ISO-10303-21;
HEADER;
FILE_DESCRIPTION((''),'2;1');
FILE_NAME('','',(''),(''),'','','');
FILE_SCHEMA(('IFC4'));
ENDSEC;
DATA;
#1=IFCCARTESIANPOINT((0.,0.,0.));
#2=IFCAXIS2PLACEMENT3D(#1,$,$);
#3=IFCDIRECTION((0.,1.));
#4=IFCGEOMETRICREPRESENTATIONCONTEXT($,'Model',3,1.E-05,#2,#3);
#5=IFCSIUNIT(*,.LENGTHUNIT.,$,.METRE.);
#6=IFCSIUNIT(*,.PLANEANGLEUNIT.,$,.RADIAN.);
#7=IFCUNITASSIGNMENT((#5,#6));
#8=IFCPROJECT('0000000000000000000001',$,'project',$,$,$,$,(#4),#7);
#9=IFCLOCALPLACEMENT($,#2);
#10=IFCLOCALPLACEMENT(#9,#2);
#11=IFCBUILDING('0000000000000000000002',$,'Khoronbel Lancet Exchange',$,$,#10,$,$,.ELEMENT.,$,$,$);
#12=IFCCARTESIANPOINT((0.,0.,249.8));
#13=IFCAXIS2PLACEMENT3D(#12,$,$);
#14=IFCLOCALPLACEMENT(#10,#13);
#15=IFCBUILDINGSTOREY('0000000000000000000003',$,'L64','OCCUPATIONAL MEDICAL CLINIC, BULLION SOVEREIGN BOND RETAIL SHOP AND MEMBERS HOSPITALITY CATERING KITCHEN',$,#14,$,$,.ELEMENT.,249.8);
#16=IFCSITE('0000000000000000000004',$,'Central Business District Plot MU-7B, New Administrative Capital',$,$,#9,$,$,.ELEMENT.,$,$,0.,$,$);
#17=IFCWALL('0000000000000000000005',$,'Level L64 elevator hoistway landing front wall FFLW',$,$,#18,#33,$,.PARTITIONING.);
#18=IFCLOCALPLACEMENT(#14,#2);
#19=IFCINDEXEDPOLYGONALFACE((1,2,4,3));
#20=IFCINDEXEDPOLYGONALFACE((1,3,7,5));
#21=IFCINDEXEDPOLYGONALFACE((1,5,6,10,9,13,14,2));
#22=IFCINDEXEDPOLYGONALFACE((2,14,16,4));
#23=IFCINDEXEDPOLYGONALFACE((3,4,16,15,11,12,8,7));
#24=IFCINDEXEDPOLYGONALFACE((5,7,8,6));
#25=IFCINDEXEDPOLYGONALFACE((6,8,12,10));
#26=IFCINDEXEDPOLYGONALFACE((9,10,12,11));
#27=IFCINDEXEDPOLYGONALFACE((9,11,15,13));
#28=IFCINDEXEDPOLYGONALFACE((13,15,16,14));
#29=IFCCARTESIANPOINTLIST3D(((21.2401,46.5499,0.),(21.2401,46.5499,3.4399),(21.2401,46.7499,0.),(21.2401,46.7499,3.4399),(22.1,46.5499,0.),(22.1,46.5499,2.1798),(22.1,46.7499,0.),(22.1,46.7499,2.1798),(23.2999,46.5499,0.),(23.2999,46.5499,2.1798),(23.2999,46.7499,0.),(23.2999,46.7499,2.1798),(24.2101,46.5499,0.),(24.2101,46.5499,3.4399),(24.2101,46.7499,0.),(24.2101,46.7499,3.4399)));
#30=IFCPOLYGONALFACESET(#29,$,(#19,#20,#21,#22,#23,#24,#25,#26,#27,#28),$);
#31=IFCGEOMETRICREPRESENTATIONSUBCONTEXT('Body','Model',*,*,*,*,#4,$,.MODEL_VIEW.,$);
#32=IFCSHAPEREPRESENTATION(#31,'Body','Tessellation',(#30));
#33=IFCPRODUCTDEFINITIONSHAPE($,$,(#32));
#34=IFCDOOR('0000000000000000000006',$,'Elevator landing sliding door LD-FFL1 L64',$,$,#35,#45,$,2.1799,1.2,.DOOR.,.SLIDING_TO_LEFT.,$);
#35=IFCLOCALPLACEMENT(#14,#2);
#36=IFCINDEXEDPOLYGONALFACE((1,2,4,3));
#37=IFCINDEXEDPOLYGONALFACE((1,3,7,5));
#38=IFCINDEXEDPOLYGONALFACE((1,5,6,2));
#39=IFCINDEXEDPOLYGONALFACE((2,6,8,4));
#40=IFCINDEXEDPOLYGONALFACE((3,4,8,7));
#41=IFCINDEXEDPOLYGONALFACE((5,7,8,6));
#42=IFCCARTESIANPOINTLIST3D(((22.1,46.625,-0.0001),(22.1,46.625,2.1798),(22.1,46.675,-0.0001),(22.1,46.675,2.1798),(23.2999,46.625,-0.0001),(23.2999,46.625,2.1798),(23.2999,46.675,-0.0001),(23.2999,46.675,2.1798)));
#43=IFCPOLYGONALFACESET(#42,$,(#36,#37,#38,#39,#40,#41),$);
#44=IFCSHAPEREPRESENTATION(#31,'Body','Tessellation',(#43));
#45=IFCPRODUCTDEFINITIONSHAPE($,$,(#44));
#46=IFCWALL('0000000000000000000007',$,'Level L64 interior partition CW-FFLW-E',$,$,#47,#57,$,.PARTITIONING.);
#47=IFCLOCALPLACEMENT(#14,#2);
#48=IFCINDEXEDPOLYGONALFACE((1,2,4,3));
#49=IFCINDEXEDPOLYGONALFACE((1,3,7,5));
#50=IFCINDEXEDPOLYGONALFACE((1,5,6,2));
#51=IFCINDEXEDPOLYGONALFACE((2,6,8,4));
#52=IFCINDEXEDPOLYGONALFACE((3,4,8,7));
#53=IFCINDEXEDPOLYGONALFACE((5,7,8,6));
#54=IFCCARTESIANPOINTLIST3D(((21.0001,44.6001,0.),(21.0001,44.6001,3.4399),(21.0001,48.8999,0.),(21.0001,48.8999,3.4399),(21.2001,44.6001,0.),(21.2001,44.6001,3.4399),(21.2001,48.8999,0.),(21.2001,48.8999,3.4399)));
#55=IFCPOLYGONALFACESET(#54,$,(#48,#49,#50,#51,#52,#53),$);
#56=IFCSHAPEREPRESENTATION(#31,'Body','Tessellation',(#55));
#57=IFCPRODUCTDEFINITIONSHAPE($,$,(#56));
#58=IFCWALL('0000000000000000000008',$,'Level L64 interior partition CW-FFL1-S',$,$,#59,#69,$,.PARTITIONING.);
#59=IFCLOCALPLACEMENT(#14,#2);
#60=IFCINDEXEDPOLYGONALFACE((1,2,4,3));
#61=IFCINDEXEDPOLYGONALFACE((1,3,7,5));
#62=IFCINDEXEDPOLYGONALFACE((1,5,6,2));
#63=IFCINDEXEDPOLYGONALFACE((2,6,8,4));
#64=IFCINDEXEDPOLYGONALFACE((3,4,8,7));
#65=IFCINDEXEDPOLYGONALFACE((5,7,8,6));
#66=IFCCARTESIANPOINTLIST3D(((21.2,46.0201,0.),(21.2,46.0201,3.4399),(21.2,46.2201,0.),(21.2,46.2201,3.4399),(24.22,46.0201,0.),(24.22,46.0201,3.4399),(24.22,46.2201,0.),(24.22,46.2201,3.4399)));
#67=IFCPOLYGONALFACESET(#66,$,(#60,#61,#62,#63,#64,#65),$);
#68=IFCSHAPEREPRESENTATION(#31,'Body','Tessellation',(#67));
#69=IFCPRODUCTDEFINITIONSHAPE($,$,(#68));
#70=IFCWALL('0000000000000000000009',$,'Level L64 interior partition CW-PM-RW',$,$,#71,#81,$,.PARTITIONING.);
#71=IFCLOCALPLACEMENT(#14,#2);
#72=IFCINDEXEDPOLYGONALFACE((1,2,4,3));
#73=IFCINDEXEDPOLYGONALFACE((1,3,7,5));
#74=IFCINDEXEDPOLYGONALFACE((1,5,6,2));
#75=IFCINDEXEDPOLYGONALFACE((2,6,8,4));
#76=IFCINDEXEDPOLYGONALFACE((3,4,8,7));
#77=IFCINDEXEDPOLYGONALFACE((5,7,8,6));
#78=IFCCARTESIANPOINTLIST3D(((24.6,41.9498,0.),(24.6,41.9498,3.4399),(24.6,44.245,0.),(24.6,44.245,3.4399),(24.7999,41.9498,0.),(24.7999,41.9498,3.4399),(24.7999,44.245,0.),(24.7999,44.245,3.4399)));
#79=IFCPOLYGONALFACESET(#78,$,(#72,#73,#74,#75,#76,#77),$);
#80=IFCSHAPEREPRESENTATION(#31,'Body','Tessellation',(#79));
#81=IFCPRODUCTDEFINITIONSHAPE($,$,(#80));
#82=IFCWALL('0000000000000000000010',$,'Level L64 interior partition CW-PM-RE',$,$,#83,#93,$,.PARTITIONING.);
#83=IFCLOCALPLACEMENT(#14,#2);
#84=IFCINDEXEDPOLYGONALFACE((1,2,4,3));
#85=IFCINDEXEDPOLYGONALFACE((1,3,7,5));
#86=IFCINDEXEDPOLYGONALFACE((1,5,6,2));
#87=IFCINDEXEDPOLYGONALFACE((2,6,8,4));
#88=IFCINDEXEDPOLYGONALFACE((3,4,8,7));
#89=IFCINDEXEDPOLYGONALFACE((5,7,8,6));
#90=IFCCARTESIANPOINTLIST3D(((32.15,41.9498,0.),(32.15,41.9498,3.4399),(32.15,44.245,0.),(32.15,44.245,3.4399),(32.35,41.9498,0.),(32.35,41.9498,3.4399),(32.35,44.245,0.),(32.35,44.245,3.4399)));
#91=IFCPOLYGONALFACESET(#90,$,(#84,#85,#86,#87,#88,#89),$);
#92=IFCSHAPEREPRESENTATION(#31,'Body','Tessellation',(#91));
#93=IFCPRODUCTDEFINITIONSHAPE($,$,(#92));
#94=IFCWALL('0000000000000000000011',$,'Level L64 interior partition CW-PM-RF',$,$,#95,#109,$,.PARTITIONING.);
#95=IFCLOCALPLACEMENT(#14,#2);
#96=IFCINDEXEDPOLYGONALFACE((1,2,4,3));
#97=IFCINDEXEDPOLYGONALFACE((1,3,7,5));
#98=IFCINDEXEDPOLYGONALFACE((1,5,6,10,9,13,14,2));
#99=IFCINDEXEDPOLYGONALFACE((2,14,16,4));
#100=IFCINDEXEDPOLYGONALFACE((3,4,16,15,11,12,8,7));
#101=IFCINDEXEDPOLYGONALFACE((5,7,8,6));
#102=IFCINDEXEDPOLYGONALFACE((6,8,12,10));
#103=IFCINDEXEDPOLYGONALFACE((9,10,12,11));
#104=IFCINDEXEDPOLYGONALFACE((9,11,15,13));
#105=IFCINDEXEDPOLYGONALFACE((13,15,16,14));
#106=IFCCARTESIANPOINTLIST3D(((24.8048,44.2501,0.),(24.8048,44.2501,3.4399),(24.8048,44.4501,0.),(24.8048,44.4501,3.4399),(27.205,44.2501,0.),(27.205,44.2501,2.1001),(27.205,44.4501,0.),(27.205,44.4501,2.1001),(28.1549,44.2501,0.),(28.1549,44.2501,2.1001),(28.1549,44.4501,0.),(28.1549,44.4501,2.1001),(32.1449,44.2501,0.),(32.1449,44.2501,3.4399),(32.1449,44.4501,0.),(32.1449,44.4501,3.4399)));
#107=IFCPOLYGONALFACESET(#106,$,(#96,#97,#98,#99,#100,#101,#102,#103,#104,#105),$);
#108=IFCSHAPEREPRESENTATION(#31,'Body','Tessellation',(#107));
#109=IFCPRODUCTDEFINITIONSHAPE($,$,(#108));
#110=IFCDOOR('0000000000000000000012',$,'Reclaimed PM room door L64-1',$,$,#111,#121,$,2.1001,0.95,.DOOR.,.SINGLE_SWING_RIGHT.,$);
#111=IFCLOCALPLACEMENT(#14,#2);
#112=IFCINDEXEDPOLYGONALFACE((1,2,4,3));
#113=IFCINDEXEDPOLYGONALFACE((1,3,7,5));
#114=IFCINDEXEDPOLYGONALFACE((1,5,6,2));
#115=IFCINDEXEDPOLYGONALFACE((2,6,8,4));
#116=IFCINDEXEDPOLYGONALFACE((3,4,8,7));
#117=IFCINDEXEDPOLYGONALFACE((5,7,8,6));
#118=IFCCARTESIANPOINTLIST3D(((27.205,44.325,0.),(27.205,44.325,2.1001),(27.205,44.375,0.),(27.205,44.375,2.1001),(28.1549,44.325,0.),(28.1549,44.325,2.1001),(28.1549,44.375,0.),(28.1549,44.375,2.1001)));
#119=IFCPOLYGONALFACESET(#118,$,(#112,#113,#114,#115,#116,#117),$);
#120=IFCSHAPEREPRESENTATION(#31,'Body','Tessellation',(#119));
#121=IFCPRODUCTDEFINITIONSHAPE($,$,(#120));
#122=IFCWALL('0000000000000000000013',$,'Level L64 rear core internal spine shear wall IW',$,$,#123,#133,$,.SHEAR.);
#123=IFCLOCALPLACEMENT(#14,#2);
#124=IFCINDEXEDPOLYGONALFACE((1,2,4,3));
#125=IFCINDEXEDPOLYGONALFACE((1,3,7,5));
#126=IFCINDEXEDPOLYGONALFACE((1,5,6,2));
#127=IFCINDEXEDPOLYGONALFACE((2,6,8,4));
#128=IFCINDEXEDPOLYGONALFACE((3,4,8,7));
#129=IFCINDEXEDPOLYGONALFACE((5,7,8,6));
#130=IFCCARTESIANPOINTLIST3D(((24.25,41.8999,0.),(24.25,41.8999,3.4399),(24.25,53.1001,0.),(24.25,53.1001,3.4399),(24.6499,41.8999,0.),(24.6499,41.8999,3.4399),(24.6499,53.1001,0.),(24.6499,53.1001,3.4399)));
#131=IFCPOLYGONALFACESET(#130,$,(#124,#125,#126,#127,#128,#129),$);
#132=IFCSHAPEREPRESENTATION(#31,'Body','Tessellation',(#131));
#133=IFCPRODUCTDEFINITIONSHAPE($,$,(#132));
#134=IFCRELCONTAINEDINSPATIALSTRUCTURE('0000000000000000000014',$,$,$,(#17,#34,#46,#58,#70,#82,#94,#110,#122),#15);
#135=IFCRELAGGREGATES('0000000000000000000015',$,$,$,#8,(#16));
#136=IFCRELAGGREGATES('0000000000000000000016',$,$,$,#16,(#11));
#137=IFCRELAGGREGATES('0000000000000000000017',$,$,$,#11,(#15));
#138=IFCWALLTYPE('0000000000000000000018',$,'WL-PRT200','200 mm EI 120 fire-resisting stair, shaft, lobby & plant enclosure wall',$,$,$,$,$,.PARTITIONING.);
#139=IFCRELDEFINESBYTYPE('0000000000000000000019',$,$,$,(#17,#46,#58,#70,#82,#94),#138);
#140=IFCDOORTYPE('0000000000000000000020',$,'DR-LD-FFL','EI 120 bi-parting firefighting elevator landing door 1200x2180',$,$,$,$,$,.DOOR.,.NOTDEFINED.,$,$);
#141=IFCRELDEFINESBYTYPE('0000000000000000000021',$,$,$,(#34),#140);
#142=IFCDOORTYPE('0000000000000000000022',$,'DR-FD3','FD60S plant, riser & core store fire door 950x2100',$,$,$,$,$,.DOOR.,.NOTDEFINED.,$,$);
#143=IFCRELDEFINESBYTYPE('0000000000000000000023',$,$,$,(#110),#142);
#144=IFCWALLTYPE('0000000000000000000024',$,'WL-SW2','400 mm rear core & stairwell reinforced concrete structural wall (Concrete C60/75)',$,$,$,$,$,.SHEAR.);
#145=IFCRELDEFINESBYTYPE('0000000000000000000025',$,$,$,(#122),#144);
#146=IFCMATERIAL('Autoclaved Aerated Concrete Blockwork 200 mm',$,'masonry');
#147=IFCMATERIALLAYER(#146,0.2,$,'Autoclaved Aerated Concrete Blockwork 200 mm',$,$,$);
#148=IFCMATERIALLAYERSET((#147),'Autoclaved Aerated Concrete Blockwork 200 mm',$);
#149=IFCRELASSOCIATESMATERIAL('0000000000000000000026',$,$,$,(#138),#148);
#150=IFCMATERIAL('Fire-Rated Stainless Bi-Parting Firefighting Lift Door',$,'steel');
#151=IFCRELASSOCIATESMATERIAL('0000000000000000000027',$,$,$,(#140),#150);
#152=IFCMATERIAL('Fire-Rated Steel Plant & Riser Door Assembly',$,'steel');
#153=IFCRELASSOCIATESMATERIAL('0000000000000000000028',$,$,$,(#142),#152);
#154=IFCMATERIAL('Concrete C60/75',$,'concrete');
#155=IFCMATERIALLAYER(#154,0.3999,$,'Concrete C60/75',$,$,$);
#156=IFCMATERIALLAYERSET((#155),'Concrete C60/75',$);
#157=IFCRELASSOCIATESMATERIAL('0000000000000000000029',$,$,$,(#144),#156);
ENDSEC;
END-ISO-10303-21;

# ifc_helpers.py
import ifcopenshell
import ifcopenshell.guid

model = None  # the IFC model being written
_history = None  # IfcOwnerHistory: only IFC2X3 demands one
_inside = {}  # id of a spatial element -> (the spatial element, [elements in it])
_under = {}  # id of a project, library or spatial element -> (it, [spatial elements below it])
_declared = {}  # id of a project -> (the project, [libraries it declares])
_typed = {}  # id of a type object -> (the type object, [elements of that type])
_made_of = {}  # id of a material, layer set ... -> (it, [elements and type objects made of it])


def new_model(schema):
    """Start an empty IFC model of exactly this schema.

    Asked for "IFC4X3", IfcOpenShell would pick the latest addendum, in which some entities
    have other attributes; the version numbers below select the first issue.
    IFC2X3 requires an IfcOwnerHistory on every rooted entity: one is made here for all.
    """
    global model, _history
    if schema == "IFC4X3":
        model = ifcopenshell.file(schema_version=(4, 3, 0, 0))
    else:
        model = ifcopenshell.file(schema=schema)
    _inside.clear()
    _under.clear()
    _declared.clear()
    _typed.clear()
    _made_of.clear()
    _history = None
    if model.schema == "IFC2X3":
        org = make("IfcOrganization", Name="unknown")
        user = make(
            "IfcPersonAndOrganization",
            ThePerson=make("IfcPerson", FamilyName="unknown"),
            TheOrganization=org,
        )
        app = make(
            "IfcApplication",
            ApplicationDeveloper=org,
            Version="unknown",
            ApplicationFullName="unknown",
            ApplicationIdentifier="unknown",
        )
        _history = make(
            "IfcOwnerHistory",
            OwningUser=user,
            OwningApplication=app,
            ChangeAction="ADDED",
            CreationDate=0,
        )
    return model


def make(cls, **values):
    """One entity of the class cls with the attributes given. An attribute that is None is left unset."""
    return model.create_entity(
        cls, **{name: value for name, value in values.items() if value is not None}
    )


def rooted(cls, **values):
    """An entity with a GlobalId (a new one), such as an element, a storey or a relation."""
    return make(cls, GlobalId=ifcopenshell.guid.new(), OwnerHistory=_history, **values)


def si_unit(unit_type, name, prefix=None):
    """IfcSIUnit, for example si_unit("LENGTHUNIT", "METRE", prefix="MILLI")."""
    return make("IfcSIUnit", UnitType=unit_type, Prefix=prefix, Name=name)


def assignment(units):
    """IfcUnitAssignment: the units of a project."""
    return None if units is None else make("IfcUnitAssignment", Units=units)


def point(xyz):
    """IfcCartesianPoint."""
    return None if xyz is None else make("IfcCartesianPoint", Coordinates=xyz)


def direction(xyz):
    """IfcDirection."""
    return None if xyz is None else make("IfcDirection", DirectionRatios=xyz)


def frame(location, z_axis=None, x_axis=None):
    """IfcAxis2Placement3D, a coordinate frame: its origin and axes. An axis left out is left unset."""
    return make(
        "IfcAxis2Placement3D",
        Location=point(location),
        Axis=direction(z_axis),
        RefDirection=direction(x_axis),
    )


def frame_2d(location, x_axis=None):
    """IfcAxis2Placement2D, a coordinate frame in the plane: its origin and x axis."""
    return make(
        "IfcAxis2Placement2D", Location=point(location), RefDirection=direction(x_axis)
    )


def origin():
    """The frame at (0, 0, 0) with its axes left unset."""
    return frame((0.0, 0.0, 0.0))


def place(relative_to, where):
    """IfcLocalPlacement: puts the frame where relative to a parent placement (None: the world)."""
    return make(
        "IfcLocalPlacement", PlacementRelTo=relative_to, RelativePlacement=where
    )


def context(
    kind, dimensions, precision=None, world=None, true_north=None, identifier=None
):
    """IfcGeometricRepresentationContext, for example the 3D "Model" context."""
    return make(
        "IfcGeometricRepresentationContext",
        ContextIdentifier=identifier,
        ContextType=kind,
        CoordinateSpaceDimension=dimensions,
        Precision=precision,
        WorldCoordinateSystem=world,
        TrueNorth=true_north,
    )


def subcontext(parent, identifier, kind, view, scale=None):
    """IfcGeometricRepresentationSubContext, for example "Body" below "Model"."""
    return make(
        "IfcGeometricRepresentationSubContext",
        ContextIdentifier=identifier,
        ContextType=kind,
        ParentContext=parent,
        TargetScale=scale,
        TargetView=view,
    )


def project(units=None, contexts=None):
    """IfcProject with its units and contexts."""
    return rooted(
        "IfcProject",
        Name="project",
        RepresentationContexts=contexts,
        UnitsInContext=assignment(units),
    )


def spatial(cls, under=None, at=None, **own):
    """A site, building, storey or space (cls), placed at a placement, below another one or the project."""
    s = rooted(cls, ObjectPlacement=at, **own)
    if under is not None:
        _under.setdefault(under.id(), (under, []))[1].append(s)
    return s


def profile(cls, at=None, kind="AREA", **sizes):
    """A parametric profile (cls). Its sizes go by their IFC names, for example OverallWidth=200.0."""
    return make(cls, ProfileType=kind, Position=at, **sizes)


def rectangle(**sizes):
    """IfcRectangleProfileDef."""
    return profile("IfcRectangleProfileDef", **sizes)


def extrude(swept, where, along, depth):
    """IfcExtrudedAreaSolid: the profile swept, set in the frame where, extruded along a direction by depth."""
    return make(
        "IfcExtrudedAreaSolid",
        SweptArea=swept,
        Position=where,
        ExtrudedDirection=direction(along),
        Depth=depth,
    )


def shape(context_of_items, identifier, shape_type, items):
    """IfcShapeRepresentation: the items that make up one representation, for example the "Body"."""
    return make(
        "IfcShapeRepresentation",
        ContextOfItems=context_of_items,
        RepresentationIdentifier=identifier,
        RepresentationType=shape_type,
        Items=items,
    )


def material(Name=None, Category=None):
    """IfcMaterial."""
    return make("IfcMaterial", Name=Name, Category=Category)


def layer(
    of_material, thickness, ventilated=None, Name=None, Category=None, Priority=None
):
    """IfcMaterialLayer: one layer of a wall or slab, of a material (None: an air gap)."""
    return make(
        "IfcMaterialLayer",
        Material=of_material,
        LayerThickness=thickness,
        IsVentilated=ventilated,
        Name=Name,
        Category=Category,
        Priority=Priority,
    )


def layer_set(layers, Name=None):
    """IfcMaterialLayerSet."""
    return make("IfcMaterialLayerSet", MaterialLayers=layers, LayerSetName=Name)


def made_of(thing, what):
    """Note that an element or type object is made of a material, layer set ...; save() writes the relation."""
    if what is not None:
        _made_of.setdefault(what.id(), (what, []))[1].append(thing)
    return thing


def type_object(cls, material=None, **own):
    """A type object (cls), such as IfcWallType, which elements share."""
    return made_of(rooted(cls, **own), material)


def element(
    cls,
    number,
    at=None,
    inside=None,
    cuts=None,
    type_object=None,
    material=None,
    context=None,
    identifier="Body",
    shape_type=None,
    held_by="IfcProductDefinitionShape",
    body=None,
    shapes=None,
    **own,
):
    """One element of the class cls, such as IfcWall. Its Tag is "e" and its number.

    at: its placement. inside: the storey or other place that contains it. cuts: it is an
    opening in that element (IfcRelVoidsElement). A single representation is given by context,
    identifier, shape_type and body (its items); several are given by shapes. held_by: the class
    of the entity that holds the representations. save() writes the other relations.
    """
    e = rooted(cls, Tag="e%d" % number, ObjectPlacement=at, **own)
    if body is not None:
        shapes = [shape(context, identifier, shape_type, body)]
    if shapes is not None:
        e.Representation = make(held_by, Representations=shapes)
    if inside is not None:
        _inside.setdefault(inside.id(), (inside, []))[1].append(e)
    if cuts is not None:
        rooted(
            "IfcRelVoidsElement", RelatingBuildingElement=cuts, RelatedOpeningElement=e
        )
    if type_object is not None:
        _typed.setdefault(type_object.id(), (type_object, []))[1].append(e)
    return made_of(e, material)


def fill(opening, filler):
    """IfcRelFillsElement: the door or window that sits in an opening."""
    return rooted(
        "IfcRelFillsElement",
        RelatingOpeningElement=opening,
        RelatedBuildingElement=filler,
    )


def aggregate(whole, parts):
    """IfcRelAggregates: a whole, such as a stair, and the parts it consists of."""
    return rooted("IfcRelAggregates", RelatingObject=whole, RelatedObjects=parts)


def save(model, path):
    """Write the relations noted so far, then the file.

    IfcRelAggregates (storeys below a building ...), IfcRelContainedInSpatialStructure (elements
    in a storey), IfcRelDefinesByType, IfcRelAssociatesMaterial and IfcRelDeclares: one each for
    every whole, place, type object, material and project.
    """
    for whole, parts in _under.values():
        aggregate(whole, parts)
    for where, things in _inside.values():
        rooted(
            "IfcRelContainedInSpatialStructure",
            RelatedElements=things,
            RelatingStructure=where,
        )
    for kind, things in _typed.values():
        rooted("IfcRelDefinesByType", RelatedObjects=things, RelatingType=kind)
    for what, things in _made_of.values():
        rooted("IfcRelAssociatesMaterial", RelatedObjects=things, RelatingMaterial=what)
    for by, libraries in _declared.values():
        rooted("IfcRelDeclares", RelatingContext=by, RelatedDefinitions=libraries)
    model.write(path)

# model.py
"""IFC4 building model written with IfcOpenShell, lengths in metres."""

from ifc_helpers import new_model, si_unit, direction, frame, frame_2d, origin, place, context, subcontext, project, spatial, rectangle, extrude, material, layer, layer_set, type_object, element, fill, save


model = new_model("IFC4")

# Units and contexts
model_context = context("Model", 3, precision=1e-05, world=origin(), true_north=direction((0.0, 1.0)))
body_context = subcontext(model_context, "Body", "Model", "MODEL_VIEW")
ifc_project = project(units=[si_unit("LENGTHUNIT", "METRE"), si_unit("PLANEANGLEUNIT", "RADIAN")], contexts=[model_context])

# Site, building, storey
site_placement = place(None, origin())
site = spatial("IfcSite", under=ifc_project, at=site_placement, Name="Central Business District Plot MU-7B, New Administrative Capital", CompositionType="ELEMENT", RefElevation=0.0)
building_placement = place(site_placement, origin())
building = spatial("IfcBuilding", under=site, at=building_placement, Name="Khoronbel Lancet Exchange", CompositionType="ELEMENT")
storey_placement = place(building_placement, frame((0.0, 0.0, 249.8)))
storey = spatial("IfcBuildingStorey", under=building, at=storey_placement, Name="L64", Description="OCCUPATIONAL MEDICAL CLINIC, BULLION SOVEREIGN BOND RETAIL SHOP AND MEMBERS HOSPITALITY CATERING KITCHEN", CompositionType="ELEMENT", Elevation=249.8)

# Shared definitions
ifc_material_1 = material(Name="Concrete C60/75", Category="concrete")

# Wall, opening, door
ifc_material_2 = material(Name="Autoclaved Aerated Concrete Blockwork 200 mm", Category="masonry")
ifc_layer_1 = layer(ifc_material_2, 0.2, Name="Autoclaved Aerated Concrete Blockwork 200 mm")
ifc_layer_set_1 = layer_set([ifc_layer_1], Name="Autoclaved Aerated Concrete Blockwork 200 mm")
wall_type_1 = type_object("IfcWallType", Name="WL-PRT200", Description="200 mm EI 120 fire-resisting stair, shaft, lobby & plant enclosure wall", PredefinedType="PARTITIONING", material=ifc_layer_set_1)
wall_1_placement = place(storey_placement, frame((24.21, 46.6499, 0.0), z_axis=(0.0, 0.0, 1.0), x_axis=(-1.0, 0.0, 0.0)))
wall_1 = element("IfcWall", 1, at=wall_1_placement, inside=storey, type_object=wall_type_1, Name="Level L64 elevator hoistway landing front wall FFLW", PredefinedType="PARTITIONING", context=body_context, shape_type="SweptSolid", body=[
    extrude(rectangle(XDim=2.97, YDim=0.2, at=frame_2d((1.4849, 0.0))), origin(), (0.0, 0.0, 1.0), 3.4399),
])
opening_1_placement = place(wall_1_placement, frame((0.9099, 0.0, 0.0)))
opening_1 = element("IfcOpeningElement", 2, at=opening_1_placement, cuts=wall_1, PredefinedType="OPENING", context=body_context, shape_type="SweptSolid", body=[
    extrude(rectangle(XDim=1.2, YDim=2.1799, at=frame_2d((0.6001, 1.0898))), frame((0.0, 0.1099, 0.0), z_axis=(0.0, -1.0, 0.0), x_axis=(1.0, 0.0, 0.0)), (0.0, 0.0, 1.0), 0.22),
])
ifc_material_3 = material(Name="Fire-Rated Stainless Bi-Parting Firefighting Lift Door", Category="steel")
door_type_1 = type_object("IfcDoorType", Name="DR-LD-FFL", Description="EI 120 bi-parting firefighting elevator landing door 1200x2180", OperationType="NOTDEFINED", PredefinedType="DOOR", material=ifc_material_3)
door_1_placement = place(opening_1_placement, origin())
door_1 = element("IfcDoor", 3, at=door_1_placement, inside=storey, type_object=door_type_1, Name="Elevator landing sliding door LD-FFL1 L64", OperationType="SLIDING_TO_LEFT", OverallHeight=2.1799, OverallWidth=1.2, PredefinedType="DOOR", context=body_context, shape_type="SweptSolid", body=[
    extrude(rectangle(XDim=1.2, YDim=2.1799, at=frame_2d((0.6001, 1.0898))), frame((0.0, 0.0249, 0.0), z_axis=(0.0, -1.0, 0.0), x_axis=(1.0, 0.0, 0.0)), (0.0, 0.0, 1.0), 0.05),
])
fill(opening_1, door_1)

# Walls
wall_2_placement = place(storey_placement, frame((21.1001, 44.6001, 0.0), z_axis=(0.0, 0.0, 1.0), x_axis=(0.0, 1.0, 0.0)))
element("IfcWall", 4, at=wall_2_placement, inside=storey, type_object=wall_type_1, Name="Level L64 interior partition CW-FFLW-E", PredefinedType="PARTITIONING", context=body_context, shape_type="SweptSolid", body=[
    extrude(rectangle(XDim=4.2998, YDim=0.2, at=frame_2d((2.1499, 0.0))), origin(), (0.0, 0.0, 1.0), 3.4399),
])
wall_3_placement = place(storey_placement, frame((21.2, 46.1201, 0.0), z_axis=(0.0, 0.0, 1.0), x_axis=(1.0, 0.0, 0.0)))
element("IfcWall", 5, at=wall_3_placement, inside=storey, type_object=wall_type_1, Name="Level L64 interior partition CW-FFL1-S", PredefinedType="PARTITIONING", context=body_context, shape_type="SweptSolid", body=[
    extrude(rectangle(XDim=3.02, YDim=0.2, at=frame_2d((1.51, 0.0))), origin(), (0.0, 0.0, 1.0), 3.4399),
])

# Walls
for number, where, z_axis, x_axis, name in (
    (6, (24.7, 41.95, 0.0), (0.0, 0.0, 1.0), (0.0, 1.0, 0.0), "Level L64 interior partition CW-PM-RW"),
    (7, (32.25, 41.95, 0.0), (0.0, 0.0, 1.0), (0.0, 1.0, 0.0), "Level L64 interior partition CW-PM-RE"),
):
    element("IfcWall", number, at=place(storey_placement, frame(where, z_axis=z_axis, x_axis=x_axis)), inside=storey, type_object=wall_type_1, Name=name, PredefinedType="PARTITIONING", context=body_context, shape_type="SweptSolid", body=[
        extrude(rectangle(XDim=2.2952, YDim=0.2, at=frame_2d((1.1475, 0.0))), origin(), (0.0, 0.0, 1.0), 3.4399),
    ])

# Wall, opening, door
wall_4_placement = place(storey_placement, frame((24.8049, 44.3501, 0.0), z_axis=(0.0, 0.0, 1.0), x_axis=(1.0, 0.0, 0.0)))
wall_4 = element("IfcWall", 8, at=wall_4_placement, inside=storey, type_object=wall_type_1, Name="Level L64 interior partition CW-PM-RF", PredefinedType="PARTITIONING", context=body_context, shape_type="SweptSolid", body=[
    extrude(rectangle(XDim=7.3401, YDim=0.2, at=frame_2d((3.6699, 0.0))), origin(), (0.0, 0.0, 1.0), 3.4399),
])
opening_2_placement = place(wall_4_placement, frame((2.3999, 0.0, 0.0)))
opening_2 = element("IfcOpeningElement", 9, at=opening_2_placement, cuts=wall_4, PredefinedType="OPENING", context=body_context, shape_type="SweptSolid", body=[
    extrude(rectangle(XDim=0.95, YDim=2.1001, at=frame_2d((0.4751, 1.05))), frame((0.0, 0.1099, 0.0), z_axis=(0.0, -1.0, 0.0), x_axis=(1.0, 0.0, 0.0)), (0.0, 0.0, 1.0), 0.22),
])
ifc_material_4 = material(Name="Fire-Rated Steel Plant & Riser Door Assembly", Category="steel")
door_type_2 = type_object("IfcDoorType", Name="DR-FD3", Description="FD60S plant, riser & core store fire door 950x2100", OperationType="NOTDEFINED", PredefinedType="DOOR", material=ifc_material_4)
door_2_placement = place(opening_2_placement, origin())
door_2 = element("IfcDoor", 10, at=door_2_placement, inside=storey, type_object=door_type_2, Name="Reclaimed PM room door L64-1", OperationType="SINGLE_SWING_RIGHT", OverallHeight=2.1001, OverallWidth=0.95, PredefinedType="DOOR", context=body_context, shape_type="SweptSolid", body=[
    extrude(rectangle(XDim=0.95, YDim=2.1001, at=frame_2d((0.4751, 1.05))), frame((0.0, 0.0249, 0.0), z_axis=(0.0, -1.0, 0.0), x_axis=(1.0, 0.0, 0.0)), (0.0, 0.0, 1.0), 0.05),
])
fill(opening_2, door_2)

# Wall
ifc_layer_2 = layer(ifc_material_1, 0.3999, Name="Concrete C60/75")
ifc_layer_set_2 = layer_set([ifc_layer_2], Name="Concrete C60/75")
wall_type_2 = type_object("IfcWallType", Name="WL-SW2", Description="400 mm rear core & stairwell reinforced concrete structural wall (Concrete C60/75)", PredefinedType="SHEAR", material=ifc_layer_set_2)
wall_5_placement = place(storey_placement, frame((24.45, 41.8999, 0.0), z_axis=(0.0, 0.0, 1.0), x_axis=(0.0, 1.0, 0.0)))
element("IfcWall", 11, at=wall_5_placement, inside=storey, type_object=wall_type_2, Name="Level L64 rear core internal spine shear wall IW", PredefinedType="SHEAR", context=body_context, shape_type="SweptSolid", body=[
    extrude(rectangle(XDim=11.2002, YDim=0.3999, at=frame_2d((5.6001, 0.0))), origin(), (0.0, 0.0, 1.0), 3.4399),
])

save(model, "model.ifc")
